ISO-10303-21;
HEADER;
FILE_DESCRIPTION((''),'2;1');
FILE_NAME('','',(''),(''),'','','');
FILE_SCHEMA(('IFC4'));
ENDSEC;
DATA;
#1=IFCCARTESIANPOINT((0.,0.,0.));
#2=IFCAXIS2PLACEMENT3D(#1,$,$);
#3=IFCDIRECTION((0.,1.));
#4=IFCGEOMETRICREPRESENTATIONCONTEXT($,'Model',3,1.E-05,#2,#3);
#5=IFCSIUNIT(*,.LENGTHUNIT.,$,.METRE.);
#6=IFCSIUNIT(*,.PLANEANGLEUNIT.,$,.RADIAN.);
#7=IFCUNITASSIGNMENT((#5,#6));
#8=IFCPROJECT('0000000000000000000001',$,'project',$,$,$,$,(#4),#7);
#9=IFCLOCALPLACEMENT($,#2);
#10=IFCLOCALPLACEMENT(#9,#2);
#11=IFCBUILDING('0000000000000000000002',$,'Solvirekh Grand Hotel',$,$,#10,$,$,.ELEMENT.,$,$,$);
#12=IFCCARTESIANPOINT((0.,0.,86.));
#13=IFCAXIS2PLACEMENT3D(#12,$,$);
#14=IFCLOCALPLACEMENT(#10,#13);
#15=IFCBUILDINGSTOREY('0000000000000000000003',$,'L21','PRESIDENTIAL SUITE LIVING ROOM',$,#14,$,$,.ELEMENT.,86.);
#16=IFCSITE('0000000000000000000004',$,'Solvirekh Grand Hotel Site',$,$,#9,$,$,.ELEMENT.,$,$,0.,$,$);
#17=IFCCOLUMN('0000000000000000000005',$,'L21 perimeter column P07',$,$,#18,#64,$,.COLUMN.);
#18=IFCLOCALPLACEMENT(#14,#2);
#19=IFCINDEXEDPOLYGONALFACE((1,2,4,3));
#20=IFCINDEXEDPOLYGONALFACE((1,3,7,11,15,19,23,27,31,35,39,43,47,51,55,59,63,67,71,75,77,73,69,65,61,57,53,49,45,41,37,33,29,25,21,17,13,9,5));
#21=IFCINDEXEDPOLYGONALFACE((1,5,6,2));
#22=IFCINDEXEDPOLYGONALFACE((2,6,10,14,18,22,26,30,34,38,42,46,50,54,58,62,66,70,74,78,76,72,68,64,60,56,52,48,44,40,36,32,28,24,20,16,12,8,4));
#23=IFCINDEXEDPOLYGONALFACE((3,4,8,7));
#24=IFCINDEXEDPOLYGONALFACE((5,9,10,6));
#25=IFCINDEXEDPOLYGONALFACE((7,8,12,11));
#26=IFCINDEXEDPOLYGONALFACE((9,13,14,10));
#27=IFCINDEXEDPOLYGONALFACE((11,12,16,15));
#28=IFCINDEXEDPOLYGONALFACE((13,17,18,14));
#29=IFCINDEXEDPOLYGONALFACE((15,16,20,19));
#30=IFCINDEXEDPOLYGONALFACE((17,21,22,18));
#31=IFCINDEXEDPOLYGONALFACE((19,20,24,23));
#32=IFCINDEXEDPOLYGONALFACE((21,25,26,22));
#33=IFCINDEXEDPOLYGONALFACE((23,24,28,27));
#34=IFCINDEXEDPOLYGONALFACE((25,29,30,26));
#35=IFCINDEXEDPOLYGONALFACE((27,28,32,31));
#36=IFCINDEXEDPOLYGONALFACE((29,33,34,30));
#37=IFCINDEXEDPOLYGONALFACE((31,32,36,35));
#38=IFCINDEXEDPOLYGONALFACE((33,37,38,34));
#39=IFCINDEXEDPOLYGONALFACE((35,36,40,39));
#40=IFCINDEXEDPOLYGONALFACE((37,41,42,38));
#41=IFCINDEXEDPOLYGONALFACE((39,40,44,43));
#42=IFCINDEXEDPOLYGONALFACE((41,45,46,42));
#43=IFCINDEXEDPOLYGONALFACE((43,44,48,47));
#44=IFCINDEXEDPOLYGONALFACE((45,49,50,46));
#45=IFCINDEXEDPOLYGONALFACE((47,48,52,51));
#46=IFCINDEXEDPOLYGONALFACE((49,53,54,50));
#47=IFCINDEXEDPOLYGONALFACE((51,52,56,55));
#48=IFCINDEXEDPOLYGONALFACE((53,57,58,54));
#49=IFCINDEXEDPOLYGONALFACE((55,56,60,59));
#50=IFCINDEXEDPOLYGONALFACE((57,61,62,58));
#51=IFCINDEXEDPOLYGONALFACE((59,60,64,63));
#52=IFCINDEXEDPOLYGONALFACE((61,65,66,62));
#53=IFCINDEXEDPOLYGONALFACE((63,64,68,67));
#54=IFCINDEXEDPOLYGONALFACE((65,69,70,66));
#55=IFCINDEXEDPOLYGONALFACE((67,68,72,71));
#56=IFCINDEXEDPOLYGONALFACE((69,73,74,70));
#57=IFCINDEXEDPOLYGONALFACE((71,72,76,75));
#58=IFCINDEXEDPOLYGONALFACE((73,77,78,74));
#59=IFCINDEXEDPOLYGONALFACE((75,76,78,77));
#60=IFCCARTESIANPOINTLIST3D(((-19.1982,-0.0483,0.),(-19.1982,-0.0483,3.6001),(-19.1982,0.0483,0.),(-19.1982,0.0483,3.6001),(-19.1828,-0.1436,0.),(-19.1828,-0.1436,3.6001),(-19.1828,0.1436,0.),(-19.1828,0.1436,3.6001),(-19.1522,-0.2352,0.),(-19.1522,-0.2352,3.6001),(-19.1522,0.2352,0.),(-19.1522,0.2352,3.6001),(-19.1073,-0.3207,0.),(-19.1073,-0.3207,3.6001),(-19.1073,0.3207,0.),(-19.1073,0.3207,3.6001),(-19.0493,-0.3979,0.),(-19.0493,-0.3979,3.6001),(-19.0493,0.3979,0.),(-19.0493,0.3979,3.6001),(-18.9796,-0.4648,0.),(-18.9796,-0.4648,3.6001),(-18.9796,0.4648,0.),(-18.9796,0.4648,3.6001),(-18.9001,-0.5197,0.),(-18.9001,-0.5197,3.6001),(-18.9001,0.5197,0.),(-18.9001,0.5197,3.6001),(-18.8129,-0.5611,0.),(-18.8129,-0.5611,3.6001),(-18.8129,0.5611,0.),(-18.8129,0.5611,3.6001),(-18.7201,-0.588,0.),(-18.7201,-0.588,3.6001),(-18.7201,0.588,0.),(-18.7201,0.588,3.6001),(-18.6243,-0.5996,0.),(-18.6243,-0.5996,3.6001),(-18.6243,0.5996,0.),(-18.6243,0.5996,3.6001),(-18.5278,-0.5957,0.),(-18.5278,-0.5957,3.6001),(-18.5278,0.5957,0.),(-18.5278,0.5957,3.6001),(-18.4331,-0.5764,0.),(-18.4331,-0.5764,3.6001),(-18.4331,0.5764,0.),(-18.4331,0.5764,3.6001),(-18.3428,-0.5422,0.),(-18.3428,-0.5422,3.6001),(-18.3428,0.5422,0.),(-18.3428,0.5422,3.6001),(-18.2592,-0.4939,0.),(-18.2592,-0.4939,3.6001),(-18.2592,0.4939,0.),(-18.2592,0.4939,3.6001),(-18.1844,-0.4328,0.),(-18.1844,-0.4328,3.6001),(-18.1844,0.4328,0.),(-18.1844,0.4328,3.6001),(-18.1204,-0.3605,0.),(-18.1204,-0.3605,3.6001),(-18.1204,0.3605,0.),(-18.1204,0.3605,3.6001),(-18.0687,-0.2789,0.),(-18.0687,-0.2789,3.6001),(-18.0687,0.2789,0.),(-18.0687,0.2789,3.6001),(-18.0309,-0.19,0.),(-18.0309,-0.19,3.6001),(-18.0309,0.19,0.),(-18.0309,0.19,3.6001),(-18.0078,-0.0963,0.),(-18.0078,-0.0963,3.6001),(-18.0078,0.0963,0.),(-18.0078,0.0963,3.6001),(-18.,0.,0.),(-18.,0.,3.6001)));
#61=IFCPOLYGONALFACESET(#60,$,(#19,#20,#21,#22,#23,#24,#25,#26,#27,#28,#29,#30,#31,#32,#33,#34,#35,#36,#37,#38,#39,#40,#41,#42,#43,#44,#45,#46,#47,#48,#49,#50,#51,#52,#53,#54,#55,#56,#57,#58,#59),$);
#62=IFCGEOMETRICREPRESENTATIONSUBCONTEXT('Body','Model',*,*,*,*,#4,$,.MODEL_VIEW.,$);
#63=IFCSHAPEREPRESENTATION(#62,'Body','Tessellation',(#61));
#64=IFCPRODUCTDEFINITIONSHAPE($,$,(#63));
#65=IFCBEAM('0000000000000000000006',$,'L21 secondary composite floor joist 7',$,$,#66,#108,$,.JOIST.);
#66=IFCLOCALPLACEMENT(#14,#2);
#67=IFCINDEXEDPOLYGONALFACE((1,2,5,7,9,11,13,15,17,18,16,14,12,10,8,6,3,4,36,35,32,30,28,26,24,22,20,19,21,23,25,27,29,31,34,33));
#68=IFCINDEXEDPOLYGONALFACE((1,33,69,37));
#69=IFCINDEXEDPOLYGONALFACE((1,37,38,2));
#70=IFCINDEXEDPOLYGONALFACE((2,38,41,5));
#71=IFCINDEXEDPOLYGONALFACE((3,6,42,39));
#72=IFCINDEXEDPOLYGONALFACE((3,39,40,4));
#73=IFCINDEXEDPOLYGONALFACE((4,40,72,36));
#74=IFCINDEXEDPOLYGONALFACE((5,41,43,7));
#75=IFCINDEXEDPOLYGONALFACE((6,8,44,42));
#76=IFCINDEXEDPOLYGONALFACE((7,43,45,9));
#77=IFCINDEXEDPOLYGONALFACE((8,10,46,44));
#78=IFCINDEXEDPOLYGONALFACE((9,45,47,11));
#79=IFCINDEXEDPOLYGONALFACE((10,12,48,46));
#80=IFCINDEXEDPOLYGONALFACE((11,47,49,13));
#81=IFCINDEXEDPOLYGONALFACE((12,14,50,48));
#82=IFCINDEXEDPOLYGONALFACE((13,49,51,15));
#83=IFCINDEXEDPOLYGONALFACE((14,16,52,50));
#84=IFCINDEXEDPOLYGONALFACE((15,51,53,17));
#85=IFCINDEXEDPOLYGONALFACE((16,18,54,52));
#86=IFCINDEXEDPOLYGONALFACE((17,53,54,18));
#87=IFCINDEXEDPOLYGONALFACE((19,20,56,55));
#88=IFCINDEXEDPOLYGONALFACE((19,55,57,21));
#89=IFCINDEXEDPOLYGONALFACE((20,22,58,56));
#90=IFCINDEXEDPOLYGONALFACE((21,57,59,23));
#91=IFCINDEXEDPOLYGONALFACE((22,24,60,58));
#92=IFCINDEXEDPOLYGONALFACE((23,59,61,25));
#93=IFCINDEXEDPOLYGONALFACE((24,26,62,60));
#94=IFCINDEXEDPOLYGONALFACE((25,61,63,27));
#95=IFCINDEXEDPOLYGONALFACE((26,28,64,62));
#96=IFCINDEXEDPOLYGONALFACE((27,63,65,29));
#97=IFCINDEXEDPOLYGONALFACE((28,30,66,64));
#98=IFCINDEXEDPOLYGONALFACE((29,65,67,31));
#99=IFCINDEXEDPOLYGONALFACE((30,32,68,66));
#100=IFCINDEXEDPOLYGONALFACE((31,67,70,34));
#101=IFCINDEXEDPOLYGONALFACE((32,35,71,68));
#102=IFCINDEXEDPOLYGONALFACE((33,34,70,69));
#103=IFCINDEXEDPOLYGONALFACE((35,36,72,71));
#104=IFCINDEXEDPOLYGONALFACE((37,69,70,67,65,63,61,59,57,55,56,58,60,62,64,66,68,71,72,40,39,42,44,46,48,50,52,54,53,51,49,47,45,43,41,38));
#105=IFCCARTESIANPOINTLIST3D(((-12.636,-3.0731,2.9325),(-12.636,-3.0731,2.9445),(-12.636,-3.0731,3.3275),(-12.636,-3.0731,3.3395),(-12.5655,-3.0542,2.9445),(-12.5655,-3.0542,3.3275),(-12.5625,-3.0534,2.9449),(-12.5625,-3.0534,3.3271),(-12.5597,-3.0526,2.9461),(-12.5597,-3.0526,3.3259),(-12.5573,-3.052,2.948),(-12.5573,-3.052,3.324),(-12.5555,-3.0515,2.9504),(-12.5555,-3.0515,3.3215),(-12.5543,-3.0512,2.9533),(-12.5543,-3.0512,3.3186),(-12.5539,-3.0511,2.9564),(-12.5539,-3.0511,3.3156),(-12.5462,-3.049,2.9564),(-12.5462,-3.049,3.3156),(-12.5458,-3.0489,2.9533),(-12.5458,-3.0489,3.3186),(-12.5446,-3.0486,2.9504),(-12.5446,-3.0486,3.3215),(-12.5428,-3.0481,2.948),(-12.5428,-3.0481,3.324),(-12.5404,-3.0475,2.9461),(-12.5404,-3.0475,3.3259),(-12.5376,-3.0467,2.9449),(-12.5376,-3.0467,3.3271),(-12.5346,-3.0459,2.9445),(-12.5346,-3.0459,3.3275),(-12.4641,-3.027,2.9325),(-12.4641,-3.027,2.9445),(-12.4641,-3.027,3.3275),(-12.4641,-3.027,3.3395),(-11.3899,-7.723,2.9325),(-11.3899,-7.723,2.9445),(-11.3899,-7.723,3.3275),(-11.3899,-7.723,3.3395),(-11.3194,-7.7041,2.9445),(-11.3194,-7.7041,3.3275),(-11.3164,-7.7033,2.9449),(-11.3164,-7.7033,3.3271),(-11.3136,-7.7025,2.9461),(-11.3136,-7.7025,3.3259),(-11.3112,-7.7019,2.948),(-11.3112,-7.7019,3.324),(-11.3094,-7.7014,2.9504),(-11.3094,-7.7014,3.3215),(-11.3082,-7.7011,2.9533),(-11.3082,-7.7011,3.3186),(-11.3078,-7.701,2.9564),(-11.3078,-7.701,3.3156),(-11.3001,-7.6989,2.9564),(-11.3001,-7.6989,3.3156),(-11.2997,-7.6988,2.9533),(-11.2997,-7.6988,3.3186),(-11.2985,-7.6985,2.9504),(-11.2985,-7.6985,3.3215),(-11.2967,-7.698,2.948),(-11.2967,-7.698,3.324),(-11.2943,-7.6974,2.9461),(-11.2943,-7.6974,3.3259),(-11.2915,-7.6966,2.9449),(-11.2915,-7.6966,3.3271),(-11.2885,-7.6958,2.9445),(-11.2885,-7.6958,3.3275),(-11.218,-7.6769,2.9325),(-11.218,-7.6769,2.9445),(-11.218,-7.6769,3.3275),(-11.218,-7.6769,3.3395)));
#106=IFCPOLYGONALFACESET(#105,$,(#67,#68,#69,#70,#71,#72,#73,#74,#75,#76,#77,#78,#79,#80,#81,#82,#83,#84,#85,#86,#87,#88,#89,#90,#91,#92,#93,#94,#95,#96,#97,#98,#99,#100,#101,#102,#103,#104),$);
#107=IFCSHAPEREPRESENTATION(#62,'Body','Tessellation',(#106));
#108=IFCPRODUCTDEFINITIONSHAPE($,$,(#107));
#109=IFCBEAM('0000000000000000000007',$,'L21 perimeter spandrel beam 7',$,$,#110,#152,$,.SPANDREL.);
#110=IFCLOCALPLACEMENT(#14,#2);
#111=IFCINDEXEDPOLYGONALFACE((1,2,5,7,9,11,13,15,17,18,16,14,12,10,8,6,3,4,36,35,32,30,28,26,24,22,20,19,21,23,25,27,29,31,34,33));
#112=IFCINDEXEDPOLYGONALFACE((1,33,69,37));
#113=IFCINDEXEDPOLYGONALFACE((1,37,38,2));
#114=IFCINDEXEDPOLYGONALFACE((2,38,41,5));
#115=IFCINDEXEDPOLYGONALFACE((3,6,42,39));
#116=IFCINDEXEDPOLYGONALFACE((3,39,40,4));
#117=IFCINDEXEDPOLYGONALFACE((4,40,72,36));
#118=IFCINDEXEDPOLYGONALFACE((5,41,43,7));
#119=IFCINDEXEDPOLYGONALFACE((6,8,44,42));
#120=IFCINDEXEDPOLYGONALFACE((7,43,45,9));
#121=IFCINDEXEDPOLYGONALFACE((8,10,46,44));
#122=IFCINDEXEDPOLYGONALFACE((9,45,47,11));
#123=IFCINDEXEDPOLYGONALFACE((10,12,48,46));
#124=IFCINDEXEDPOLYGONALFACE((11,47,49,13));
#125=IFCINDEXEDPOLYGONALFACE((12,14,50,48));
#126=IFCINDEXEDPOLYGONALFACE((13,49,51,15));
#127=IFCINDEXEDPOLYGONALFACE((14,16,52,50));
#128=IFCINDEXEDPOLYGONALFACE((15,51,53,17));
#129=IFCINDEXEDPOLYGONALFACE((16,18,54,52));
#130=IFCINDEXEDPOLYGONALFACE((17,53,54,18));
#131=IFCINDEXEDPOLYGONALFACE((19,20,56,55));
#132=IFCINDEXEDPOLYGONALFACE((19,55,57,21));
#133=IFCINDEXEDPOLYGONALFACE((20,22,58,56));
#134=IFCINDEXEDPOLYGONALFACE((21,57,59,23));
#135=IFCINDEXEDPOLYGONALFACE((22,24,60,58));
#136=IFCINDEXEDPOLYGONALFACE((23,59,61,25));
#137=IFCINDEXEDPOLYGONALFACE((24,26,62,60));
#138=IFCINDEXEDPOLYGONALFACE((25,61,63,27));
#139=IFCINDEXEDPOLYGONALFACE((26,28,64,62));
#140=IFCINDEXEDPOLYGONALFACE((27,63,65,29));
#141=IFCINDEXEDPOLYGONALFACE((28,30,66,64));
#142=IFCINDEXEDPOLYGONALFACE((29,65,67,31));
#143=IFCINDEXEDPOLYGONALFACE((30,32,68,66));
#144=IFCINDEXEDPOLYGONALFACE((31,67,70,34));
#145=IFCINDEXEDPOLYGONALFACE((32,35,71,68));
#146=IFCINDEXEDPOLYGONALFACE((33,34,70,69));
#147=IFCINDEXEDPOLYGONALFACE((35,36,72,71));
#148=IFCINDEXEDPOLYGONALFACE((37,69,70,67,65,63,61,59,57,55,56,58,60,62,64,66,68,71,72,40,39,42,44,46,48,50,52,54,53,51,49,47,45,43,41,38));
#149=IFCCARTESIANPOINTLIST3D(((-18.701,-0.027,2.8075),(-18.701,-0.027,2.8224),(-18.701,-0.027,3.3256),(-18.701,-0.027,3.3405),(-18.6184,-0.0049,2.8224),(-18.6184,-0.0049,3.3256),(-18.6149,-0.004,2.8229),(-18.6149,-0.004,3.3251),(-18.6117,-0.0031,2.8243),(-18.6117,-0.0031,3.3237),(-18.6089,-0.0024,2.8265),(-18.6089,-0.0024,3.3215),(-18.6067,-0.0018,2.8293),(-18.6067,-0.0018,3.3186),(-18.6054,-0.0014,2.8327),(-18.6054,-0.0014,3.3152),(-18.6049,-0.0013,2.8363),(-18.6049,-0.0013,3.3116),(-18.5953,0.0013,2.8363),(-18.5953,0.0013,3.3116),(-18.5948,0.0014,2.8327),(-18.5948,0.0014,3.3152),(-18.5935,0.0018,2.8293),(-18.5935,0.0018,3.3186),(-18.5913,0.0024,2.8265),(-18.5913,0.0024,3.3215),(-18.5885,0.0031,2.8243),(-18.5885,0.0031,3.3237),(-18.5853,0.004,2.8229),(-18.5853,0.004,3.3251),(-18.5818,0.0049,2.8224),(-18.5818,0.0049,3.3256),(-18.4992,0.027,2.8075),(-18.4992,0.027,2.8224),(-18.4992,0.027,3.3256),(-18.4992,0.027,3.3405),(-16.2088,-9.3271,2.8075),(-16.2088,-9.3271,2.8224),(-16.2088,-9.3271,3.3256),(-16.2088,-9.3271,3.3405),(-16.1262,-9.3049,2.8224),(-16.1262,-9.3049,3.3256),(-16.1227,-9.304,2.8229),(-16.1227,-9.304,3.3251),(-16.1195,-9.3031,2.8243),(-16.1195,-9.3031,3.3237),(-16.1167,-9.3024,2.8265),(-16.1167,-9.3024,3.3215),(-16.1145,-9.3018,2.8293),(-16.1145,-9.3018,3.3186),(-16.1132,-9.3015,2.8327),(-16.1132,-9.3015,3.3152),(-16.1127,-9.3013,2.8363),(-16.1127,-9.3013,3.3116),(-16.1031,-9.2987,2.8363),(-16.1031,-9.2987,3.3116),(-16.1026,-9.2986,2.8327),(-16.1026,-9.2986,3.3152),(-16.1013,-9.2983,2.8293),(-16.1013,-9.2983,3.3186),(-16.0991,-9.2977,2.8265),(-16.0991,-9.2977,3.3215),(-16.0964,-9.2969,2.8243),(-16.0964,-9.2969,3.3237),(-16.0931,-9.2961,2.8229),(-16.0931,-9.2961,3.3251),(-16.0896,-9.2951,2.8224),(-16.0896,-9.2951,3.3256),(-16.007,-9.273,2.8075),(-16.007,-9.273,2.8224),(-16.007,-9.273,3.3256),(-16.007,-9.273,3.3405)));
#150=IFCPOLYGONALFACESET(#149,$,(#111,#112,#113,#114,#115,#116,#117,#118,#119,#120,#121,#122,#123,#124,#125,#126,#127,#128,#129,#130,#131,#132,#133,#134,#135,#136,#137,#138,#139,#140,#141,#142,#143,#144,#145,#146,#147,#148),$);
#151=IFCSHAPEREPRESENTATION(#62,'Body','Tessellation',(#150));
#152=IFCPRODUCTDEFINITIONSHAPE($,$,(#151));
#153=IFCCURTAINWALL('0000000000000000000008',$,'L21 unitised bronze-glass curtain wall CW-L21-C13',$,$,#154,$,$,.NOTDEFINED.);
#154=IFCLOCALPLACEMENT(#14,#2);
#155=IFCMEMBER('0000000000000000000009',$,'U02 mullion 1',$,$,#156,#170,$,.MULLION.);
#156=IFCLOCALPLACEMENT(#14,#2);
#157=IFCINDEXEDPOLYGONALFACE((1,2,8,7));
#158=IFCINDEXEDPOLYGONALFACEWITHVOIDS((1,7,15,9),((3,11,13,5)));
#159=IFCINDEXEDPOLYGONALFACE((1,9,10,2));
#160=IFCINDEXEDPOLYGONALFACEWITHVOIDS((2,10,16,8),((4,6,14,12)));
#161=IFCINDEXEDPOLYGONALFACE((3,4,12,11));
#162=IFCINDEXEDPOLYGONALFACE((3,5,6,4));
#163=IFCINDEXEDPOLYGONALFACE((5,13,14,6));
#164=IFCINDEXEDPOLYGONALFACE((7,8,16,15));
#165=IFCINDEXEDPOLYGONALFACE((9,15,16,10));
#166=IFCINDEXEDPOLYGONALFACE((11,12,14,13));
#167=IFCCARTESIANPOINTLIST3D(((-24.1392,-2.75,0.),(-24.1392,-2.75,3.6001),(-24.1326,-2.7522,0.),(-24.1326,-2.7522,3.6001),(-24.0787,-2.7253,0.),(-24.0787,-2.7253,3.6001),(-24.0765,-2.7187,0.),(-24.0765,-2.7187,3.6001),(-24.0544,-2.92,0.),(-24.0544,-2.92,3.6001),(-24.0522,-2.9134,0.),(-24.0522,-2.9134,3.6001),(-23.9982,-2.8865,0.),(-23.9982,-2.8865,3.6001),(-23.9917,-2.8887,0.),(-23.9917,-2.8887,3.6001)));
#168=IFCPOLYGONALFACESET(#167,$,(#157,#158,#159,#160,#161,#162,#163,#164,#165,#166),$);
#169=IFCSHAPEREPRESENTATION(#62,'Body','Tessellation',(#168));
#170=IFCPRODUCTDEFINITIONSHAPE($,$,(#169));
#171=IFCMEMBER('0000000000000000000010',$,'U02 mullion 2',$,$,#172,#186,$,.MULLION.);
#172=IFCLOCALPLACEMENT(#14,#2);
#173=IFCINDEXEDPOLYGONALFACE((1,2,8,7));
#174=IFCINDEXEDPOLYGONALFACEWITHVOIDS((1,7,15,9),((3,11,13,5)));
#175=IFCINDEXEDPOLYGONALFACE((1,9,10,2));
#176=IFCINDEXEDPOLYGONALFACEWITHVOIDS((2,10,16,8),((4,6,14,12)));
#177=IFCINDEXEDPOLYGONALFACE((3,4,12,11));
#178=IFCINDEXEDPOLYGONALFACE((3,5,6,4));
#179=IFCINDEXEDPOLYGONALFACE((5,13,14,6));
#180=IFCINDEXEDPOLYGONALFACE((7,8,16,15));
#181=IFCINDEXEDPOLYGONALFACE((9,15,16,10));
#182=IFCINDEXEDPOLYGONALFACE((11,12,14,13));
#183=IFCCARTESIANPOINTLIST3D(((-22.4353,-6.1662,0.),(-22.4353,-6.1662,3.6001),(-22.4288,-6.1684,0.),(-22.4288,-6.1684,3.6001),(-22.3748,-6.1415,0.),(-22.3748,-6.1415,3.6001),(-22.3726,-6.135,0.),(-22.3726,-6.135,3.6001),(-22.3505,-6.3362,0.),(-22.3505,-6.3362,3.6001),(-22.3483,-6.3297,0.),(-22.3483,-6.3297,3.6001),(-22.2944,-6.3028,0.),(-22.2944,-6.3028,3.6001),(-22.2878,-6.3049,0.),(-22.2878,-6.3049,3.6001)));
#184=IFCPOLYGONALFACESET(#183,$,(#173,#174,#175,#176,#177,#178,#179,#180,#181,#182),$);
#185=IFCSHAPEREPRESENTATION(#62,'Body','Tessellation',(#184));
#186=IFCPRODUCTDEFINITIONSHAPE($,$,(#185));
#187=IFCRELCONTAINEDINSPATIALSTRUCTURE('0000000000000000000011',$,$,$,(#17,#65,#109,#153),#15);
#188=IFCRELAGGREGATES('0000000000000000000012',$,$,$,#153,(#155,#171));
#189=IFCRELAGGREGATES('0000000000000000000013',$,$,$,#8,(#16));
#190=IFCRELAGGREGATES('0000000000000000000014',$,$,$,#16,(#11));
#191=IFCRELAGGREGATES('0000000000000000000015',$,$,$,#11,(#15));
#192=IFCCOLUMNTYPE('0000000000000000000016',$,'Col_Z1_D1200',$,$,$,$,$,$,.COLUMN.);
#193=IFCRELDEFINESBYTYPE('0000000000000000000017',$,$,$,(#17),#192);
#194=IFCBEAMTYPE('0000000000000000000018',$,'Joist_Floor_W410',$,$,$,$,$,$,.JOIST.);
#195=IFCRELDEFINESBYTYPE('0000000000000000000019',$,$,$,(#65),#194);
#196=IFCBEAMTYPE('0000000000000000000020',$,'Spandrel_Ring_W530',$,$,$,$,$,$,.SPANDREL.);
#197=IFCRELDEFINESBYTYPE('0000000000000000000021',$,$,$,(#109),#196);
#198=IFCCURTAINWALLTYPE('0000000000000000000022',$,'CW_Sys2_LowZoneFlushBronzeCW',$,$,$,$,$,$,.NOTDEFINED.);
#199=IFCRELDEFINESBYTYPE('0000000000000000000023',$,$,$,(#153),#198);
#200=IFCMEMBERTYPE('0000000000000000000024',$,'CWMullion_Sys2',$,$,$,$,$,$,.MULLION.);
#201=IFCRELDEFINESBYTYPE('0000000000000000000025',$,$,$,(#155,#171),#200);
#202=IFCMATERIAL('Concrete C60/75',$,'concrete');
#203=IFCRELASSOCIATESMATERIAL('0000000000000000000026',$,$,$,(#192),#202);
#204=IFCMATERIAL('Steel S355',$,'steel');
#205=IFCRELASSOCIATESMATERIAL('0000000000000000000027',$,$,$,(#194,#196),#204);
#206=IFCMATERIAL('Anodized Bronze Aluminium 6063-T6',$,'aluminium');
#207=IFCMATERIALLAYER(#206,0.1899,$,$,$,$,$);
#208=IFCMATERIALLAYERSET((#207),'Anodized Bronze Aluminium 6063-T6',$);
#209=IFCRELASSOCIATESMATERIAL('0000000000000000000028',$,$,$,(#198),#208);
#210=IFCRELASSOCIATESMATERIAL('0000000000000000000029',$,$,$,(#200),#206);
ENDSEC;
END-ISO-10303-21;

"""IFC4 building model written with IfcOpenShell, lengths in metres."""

from ifc_helpers import new_model, si_unit, direction, frame, origin, origin_2d, place, context, subcontext, project, spatial, hollow_rectangle, circle, i_section, extrude, source, transform, mapped, material, layer, layer_set, material_profile, profile_set, type_object, element, aggregate, save


model = new_model("IFC4")

# Units and contexts
model_context = context("Model", 3, precision=1e-05, world=origin(), true_north=direction((0.0, 1.0)))
body_context = subcontext(model_context, "Body", "Model", "MODEL_VIEW")
ifc_project = project(units=[si_unit("LENGTHUNIT", "METRE"), si_unit("PLANEANGLEUNIT", "RADIAN")], contexts=[model_context])

# Site, building, storey
site_placement = place(None, origin())
site = spatial("IfcSite", under=ifc_project, at=site_placement, Name="Solvirekh Grand Hotel Site", CompositionType="ELEMENT", RefElevation=0.0)
building_placement = place(site_placement, origin())
building = spatial("IfcBuilding", under=site, at=building_placement, Name="Solvirekh Grand Hotel", CompositionType="ELEMENT")
storey_placement = place(building_placement, frame((0.0, 0.0, 86.0)))
storey = spatial("IfcBuildingStorey", under=building, at=storey_placement, Name="L21", Description="PRESIDENTIAL SUITE LIVING ROOM", CompositionType="ELEMENT", Elevation=86.0)

# Column
ifc_material_1 = material(Name="Concrete C60/75", Category="concrete")
ifc_material_profile_1 = material_profile(ifc_material_1, circle(Radius=0.6001, at=origin_2d()), Name="RC CIRC D1200")
ifc_profile_set_1 = profile_set([ifc_material_profile_1], Name="Concrete C60/75")
column_type = type_object("IfcColumnType", Name="Col_Z1_D1200", PredefinedType="COLUMN", material=ifc_profile_set_1)
column_placement = place(storey_placement, frame((-18.6001, 0.0, 0.0), z_axis=(0.0, 0.0, 1.0), x_axis=(1.0, 0.0, 0.0)))
element("IfcColumn", 1, at=column_placement, inside=storey, type_object=column_type, Name="L21 perimeter column P07", PredefinedType="COLUMN", context=body_context, shape_type="SweptSolid", body=[
    extrude(circle(Radius=0.6001, at=origin_2d()), origin(), (0.0, 0.0, 1.0), 3.6001),
])

# Beams
ifc_material_2 = material(Name="Steel S355", Category="steel")
ifc_material_profile_2 = material_profile(ifc_material_2, i_section(OverallWidth=0.178, OverallDepth=0.407, WebThickness=0.0081, FlangeThickness=0.012, FilletRadius=0.012, at=origin_2d()), Name="W410X60")
ifc_profile_set_2 = profile_set([ifc_material_profile_2], Name="Steel S355")
beam_type_1 = type_object("IfcBeamType", Name="Joist_Floor_W410", PredefinedType="JOIST", material=ifc_profile_set_2)
beam_1_placement = place(storey_placement, frame((-12.55, -3.05, 3.136), z_axis=(0.258849, -0.965918, 0.0), x_axis=(0.965918, 0.258849, 0.0)))
element("IfcBeam", 2, at=beam_1_placement, inside=storey, type_object=beam_type_1, Name="L21 secondary composite floor joist 7", PredefinedType="JOIST", context=body_context, shape_type="SweptSolid", body=[
    extrude(i_section(OverallWidth=0.178, OverallDepth=0.407, WebThickness=0.0081, FlangeThickness=0.012, FilletRadius=0.012, at=origin_2d()), origin(), (0.0, 0.0, 1.0), 4.814),
])
ifc_material_profile_3 = material_profile(ifc_material_2, i_section(OverallWidth=0.209, OverallDepth=0.533, WebThickness=0.01, FlangeThickness=0.0149, FilletRadius=0.0139, at=origin_2d()), Name="W530X92")
ifc_profile_set_3 = profile_set([ifc_material_profile_3], Name="Steel S355")
beam_type_2 = type_object("IfcBeamType", Name="Spandrel_Ring_W530", PredefinedType="SPANDREL", material=ifc_profile_set_3)
beam_2_placement = place(storey_placement, frame((-18.6001, 0.0, 3.074), z_axis=(0.258843, -0.965919, 0.0), x_axis=(0.965919, 0.258843, 0.0)))
element("IfcBeam", 3, at=beam_2_placement, inside=storey, type_object=beam_type_2, Name="L21 perimeter spandrel beam 7", PredefinedType="SPANDREL", context=body_context, shape_type="SweptSolid", body=[
    extrude(i_section(OverallWidth=0.209, OverallDepth=0.533, WebThickness=0.01, FlangeThickness=0.0149, FilletRadius=0.0139, at=origin_2d()), origin(), (0.0, 0.0, 1.0), 9.6282),
])

# Curtain wall, members
ifc_material_3 = material(Name="Anodized Bronze Aluminium 6063-T6", Category="aluminium")
ifc_layer_1 = layer(ifc_material_3, 0.1899)
ifc_layer_set_1 = layer_set([ifc_layer_1], Name="Anodized Bronze Aluminium 6063-T6")
curtain_wall_type = type_object("IfcCurtainWallType", Name="CW_Sys2_LowZoneFlushBronzeCW", PredefinedType="NOTDEFINED", material=ifc_layer_set_1)
curtain_wall_placement = place(storey_placement, origin())
curtain_wall = element("IfcCurtainWall", 4, at=curtain_wall_placement, inside=storey, type_object=curtain_wall_type, Name="L21 unitised bronze-glass curtain wall CW-L21-C13", PredefinedType="NOTDEFINED")
ifc_material_profile_4 = material_profile(ifc_material_3, hollow_rectangle(XDim=0.0701, YDim=0.1899, WallThickness=0.0049, at=origin_2d()), Name="ALU RHS 190X70X5")
ifc_profile_set_4 = profile_set([ifc_material_profile_4], Name="Anodized Bronze Aluminium 6063-T6")
member_type_1 = type_object("IfcMemberType", Name="CWMullion_Sys2", PredefinedType="MULLION", material=ifc_profile_set_4)
shared_shape_1 = source(origin(), body_context, "Body", "SweptSolid", [
    extrude(hollow_rectangle(XDim=0.0701, YDim=0.1899, WallThickness=0.0049, at=origin_2d()), origin(), (0.0, 0.0, 1.0), 3.6001),
])
member_1_placement = place(storey_placement, frame((-24.0654, -2.8193, 0.0), z_axis=(0.0, 0.0, 1.0), x_axis=(0.894868, 0.446331, 0.0)))
member_1 = element("IfcMember", 5, at=member_1_placement, type_object=member_type_1, Name="U02 mullion 1", PredefinedType="MULLION", context=body_context, shape_type="MappedRepresentation", body=[
    mapped(shared_shape_1, transform((0.0, 0.0, 0.0), x_axis=(1.0, 0.0, 0.0), y_axis=(0.0, 1.0, 0.0), z_axis=(0.0, 0.0, 1.0), scale=1.0)),
])
member_2_placement = place(storey_placement, frame((-22.3616, -6.2356, 0.0), z_axis=(0.0, 0.0, 1.0), x_axis=(0.894868, 0.446331, 0.0)))
member_2 = element("IfcMember", 6, at=member_2_placement, type_object=member_type_1, Name="U02 mullion 2", PredefinedType="MULLION", context=body_context, shape_type="MappedRepresentation", body=[
    mapped(shared_shape_1, transform((0.0, 0.0, 0.0), x_axis=(1.0, 0.0, 0.0), y_axis=(0.0, 1.0, 0.0), z_axis=(0.0, 0.0, 1.0), scale=1.0)),
])
aggregate(curtain_wall, [member_1, member_2])

save(model, "model.ifc")
